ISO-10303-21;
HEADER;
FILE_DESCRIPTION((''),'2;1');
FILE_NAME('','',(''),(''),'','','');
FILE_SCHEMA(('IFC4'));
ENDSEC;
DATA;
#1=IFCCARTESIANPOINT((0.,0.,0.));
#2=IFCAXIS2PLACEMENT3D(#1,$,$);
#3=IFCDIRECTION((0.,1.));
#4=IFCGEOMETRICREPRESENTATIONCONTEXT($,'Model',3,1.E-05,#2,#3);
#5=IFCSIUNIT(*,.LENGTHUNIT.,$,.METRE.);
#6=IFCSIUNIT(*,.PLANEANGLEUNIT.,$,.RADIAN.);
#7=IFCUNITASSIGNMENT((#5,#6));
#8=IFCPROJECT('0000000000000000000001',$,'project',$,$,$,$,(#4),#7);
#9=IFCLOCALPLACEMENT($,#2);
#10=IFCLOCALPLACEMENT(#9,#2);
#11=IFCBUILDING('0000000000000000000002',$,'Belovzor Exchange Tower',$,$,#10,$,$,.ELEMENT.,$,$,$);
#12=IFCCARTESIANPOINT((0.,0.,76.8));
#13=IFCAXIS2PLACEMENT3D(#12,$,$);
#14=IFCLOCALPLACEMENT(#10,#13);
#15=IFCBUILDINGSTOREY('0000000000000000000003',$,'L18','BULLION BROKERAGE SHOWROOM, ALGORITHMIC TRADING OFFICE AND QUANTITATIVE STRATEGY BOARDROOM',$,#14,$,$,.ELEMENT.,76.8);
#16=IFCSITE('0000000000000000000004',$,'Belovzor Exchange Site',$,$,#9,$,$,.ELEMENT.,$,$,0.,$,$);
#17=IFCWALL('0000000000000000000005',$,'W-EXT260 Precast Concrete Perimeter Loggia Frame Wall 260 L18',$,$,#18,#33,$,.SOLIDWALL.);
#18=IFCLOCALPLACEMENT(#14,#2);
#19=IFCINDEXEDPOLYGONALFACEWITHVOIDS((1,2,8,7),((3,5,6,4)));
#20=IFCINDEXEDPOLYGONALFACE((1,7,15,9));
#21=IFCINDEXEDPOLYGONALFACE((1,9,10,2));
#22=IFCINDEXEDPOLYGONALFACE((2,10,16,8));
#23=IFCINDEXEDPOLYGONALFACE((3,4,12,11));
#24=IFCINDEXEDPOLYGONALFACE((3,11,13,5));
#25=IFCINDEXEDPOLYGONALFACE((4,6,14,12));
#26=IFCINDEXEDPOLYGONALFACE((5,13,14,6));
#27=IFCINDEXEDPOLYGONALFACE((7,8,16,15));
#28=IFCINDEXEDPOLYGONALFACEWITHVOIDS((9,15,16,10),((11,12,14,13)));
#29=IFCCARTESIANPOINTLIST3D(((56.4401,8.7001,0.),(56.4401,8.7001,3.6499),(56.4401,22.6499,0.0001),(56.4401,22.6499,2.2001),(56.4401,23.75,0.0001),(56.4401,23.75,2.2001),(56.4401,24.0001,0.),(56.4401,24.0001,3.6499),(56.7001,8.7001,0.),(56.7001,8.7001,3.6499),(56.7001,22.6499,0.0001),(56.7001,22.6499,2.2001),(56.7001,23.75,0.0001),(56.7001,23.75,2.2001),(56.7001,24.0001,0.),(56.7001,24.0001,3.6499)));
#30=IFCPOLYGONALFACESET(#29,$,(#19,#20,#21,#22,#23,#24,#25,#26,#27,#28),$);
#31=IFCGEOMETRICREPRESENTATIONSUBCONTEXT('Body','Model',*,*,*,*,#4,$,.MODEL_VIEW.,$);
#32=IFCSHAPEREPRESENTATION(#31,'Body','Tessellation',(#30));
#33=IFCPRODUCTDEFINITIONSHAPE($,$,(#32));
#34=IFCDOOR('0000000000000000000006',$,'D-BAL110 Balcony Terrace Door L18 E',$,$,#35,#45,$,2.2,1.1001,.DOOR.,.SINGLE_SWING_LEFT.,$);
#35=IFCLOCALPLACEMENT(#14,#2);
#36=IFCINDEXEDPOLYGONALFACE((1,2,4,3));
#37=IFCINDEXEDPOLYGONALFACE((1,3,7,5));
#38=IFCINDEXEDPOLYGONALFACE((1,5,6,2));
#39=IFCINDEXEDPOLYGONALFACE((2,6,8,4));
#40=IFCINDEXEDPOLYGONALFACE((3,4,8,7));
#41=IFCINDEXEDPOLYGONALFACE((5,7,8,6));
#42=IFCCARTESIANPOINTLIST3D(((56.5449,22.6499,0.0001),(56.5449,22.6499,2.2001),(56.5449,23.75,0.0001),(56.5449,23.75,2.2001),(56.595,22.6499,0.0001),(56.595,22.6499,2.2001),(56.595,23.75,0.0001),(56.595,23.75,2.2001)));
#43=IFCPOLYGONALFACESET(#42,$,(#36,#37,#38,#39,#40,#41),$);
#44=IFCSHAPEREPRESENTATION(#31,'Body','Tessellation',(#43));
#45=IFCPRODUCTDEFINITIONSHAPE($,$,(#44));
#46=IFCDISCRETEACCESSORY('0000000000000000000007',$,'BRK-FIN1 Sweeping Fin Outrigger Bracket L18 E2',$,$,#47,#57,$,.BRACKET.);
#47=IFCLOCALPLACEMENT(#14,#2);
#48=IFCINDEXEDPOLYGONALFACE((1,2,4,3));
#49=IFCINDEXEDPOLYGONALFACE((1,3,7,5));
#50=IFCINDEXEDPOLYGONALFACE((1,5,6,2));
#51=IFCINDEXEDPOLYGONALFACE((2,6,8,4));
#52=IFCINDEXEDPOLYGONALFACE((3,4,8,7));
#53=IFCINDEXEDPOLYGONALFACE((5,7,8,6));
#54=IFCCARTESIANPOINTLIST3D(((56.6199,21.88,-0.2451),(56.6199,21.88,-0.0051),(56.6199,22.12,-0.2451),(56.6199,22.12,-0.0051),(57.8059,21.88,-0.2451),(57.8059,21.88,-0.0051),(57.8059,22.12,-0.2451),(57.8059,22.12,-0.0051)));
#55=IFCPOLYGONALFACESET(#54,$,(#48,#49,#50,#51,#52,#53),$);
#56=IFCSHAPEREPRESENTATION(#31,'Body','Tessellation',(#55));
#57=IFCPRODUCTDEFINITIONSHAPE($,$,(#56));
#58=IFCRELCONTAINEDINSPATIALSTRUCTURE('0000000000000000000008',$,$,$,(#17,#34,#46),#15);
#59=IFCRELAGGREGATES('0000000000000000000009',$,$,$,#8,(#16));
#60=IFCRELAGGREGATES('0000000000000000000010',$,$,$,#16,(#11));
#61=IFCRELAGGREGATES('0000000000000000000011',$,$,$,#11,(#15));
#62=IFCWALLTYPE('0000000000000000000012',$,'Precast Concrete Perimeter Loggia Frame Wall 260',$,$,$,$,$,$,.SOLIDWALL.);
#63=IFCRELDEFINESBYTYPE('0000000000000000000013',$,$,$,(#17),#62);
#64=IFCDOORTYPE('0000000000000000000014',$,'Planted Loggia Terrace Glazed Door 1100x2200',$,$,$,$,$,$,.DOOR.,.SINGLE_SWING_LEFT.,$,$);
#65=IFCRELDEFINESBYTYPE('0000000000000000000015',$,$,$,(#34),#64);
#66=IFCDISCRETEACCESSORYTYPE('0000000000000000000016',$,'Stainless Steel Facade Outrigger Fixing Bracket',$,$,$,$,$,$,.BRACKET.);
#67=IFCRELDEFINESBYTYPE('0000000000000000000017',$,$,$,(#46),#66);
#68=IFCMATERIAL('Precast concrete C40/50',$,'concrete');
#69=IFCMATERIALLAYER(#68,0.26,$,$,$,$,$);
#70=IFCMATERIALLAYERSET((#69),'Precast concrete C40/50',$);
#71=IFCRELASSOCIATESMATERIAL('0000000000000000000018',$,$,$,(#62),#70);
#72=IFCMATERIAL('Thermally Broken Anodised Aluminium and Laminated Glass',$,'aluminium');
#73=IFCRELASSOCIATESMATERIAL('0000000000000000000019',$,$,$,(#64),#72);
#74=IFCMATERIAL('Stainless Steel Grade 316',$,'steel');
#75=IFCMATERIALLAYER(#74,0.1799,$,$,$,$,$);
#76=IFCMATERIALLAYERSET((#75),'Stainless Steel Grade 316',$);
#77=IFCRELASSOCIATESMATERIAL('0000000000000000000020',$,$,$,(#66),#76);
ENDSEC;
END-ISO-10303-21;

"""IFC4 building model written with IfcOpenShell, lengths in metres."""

from ifc_helpers import new_model, si_unit, direction, frame, frame_2d, origin, origin_2d, place, context, subcontext, project, spatial, rectangle, extrude, material, layer, layer_set, type_object, element, fill, save


model = new_model("IFC4")

# Units and contexts
model_context = context("Model", 3, precision=1e-05, world=origin(), true_north=direction((0.0, 1.0)))
body_context = subcontext(model_context, "Body", "Model", "MODEL_VIEW")
ifc_project = project(units=[si_unit("LENGTHUNIT", "METRE"), si_unit("PLANEANGLEUNIT", "RADIAN")], contexts=[model_context])

# Site, building, storey
site_placement = place(None, origin())
site = spatial("IfcSite", under=ifc_project, at=site_placement, Name="Belovzor Exchange Site", CompositionType="ELEMENT", RefElevation=0.0)
building_placement = place(site_placement, origin())
building = spatial("IfcBuilding", under=site, at=building_placement, Name="Belovzor Exchange Tower", CompositionType="ELEMENT")
storey_placement = place(building_placement, frame((0.0, 0.0, 76.8)))
storey = spatial("IfcBuildingStorey", under=building, at=storey_placement, Name="L18", Description="BULLION BROKERAGE SHOWROOM, ALGORITHMIC TRADING OFFICE AND QUANTITATIVE STRATEGY BOARDROOM", CompositionType="ELEMENT", Elevation=76.8)

# Wall, opening, door
ifc_material_1 = material(Name="Precast concrete C40/50", Category="concrete")
ifc_layer_1 = layer(ifc_material_1, 0.26)
ifc_layer_set_1 = layer_set([ifc_layer_1], Name="Precast concrete C40/50")
wall_type_1 = type_object("IfcWallType", Name="Precast Concrete Perimeter Loggia Frame Wall 260", PredefinedType="SOLIDWALL", material=ifc_layer_set_1)
wall_1_placement = place(storey_placement, frame((56.5701, 24.0, 0.0), z_axis=(0.0, 0.0, 1.0), x_axis=(0.0, -1.0, 0.0)))
wall_1 = element("IfcWall", 1, at=wall_1_placement, inside=storey, type_object=wall_type_1, Name="W-EXT260 Precast Concrete Perimeter Loggia Frame Wall 260 L18", PredefinedType="SOLIDWALL", context=body_context, shape_type="SweptSolid", body=[
    extrude(rectangle(XDim=15.3, YDim=0.26, at=frame_2d((7.6499, 0.0))), origin(), (0.0, 0.0, 1.0), 3.6499),
])
opening_1_placement = place(wall_1_placement, frame((0.25, 0.0, 0.0)))
opening_1 = element("IfcOpeningElement", 2, at=opening_1_placement, cuts=wall_1, PredefinedType="OPENING", context=body_context, shape_type="SweptSolid", body=[
    extrude(rectangle(XDim=1.1001, YDim=2.2, at=frame_2d((0.55, 1.1001))), frame((0.0, 0.1399, 0.0), z_axis=(0.0, -1.0, 0.0), x_axis=(1.0, 0.0, 0.0)), (0.0, 0.0, 1.0), 0.28),
])
ifc_material_2 = material(Name="Thermally Broken Anodised Aluminium and Laminated Glass", Category="aluminium")
door_type_1 = type_object("IfcDoorType", Name="Planted Loggia Terrace Glazed Door 1100x2200", OperationType="SINGLE_SWING_LEFT", PredefinedType="DOOR", material=ifc_material_2)
door_1_placement = place(opening_1_placement, origin())
door_1 = element("IfcDoor", 3, at=door_1_placement, inside=storey, type_object=door_type_1, Name="D-BAL110 Balcony Terrace Door L18 E", OperationType="SINGLE_SWING_LEFT", OverallHeight=2.2, OverallWidth=1.1001, PredefinedType="DOOR", context=body_context, shape_type="SweptSolid", body=[
    extrude(rectangle(XDim=1.1001, YDim=2.2, at=frame_2d((0.55, 1.1001))), frame((0.0, 0.0249, 0.0), z_axis=(0.0, -1.0, 0.0), x_axis=(1.0, 0.0, 0.0)), (0.0, 0.0, 1.0), 0.05),
])
fill(opening_1, door_1)

# Discrete accessory
ifc_material_3 = material(Name="Stainless Steel Grade 316", Category="steel")
ifc_layer_2 = layer(ifc_material_3, 0.1799)
ifc_layer_set_2 = layer_set([ifc_layer_2], Name="Stainless Steel Grade 316")
discrete_accessory_type = type_object("IfcDiscreteAccessoryType", Name="Stainless Steel Facade Outrigger Fixing Bracket", PredefinedType="BRACKET", material=ifc_layer_set_2)
discrete_accessory_placement = place(storey_placement, frame((57.2129, 22.0, -0.2451), z_axis=(0.0, 0.0, 1.0), x_axis=(1.0, 0.0, 0.0)))
element("IfcDiscreteAccessory", 4, at=discrete_accessory_placement, inside=storey, type_object=discrete_accessory_type, Name="BRK-FIN1 Sweeping Fin Outrigger Bracket L18 E2", PredefinedType="BRACKET", context=body_context, shape_type="SweptSolid", body=[
    extrude(rectangle(XDim=1.186, YDim=0.24, at=origin_2d()), origin(), (0.0, 0.0, 1.0), 0.24),
])

save(model, "model.ifc")
